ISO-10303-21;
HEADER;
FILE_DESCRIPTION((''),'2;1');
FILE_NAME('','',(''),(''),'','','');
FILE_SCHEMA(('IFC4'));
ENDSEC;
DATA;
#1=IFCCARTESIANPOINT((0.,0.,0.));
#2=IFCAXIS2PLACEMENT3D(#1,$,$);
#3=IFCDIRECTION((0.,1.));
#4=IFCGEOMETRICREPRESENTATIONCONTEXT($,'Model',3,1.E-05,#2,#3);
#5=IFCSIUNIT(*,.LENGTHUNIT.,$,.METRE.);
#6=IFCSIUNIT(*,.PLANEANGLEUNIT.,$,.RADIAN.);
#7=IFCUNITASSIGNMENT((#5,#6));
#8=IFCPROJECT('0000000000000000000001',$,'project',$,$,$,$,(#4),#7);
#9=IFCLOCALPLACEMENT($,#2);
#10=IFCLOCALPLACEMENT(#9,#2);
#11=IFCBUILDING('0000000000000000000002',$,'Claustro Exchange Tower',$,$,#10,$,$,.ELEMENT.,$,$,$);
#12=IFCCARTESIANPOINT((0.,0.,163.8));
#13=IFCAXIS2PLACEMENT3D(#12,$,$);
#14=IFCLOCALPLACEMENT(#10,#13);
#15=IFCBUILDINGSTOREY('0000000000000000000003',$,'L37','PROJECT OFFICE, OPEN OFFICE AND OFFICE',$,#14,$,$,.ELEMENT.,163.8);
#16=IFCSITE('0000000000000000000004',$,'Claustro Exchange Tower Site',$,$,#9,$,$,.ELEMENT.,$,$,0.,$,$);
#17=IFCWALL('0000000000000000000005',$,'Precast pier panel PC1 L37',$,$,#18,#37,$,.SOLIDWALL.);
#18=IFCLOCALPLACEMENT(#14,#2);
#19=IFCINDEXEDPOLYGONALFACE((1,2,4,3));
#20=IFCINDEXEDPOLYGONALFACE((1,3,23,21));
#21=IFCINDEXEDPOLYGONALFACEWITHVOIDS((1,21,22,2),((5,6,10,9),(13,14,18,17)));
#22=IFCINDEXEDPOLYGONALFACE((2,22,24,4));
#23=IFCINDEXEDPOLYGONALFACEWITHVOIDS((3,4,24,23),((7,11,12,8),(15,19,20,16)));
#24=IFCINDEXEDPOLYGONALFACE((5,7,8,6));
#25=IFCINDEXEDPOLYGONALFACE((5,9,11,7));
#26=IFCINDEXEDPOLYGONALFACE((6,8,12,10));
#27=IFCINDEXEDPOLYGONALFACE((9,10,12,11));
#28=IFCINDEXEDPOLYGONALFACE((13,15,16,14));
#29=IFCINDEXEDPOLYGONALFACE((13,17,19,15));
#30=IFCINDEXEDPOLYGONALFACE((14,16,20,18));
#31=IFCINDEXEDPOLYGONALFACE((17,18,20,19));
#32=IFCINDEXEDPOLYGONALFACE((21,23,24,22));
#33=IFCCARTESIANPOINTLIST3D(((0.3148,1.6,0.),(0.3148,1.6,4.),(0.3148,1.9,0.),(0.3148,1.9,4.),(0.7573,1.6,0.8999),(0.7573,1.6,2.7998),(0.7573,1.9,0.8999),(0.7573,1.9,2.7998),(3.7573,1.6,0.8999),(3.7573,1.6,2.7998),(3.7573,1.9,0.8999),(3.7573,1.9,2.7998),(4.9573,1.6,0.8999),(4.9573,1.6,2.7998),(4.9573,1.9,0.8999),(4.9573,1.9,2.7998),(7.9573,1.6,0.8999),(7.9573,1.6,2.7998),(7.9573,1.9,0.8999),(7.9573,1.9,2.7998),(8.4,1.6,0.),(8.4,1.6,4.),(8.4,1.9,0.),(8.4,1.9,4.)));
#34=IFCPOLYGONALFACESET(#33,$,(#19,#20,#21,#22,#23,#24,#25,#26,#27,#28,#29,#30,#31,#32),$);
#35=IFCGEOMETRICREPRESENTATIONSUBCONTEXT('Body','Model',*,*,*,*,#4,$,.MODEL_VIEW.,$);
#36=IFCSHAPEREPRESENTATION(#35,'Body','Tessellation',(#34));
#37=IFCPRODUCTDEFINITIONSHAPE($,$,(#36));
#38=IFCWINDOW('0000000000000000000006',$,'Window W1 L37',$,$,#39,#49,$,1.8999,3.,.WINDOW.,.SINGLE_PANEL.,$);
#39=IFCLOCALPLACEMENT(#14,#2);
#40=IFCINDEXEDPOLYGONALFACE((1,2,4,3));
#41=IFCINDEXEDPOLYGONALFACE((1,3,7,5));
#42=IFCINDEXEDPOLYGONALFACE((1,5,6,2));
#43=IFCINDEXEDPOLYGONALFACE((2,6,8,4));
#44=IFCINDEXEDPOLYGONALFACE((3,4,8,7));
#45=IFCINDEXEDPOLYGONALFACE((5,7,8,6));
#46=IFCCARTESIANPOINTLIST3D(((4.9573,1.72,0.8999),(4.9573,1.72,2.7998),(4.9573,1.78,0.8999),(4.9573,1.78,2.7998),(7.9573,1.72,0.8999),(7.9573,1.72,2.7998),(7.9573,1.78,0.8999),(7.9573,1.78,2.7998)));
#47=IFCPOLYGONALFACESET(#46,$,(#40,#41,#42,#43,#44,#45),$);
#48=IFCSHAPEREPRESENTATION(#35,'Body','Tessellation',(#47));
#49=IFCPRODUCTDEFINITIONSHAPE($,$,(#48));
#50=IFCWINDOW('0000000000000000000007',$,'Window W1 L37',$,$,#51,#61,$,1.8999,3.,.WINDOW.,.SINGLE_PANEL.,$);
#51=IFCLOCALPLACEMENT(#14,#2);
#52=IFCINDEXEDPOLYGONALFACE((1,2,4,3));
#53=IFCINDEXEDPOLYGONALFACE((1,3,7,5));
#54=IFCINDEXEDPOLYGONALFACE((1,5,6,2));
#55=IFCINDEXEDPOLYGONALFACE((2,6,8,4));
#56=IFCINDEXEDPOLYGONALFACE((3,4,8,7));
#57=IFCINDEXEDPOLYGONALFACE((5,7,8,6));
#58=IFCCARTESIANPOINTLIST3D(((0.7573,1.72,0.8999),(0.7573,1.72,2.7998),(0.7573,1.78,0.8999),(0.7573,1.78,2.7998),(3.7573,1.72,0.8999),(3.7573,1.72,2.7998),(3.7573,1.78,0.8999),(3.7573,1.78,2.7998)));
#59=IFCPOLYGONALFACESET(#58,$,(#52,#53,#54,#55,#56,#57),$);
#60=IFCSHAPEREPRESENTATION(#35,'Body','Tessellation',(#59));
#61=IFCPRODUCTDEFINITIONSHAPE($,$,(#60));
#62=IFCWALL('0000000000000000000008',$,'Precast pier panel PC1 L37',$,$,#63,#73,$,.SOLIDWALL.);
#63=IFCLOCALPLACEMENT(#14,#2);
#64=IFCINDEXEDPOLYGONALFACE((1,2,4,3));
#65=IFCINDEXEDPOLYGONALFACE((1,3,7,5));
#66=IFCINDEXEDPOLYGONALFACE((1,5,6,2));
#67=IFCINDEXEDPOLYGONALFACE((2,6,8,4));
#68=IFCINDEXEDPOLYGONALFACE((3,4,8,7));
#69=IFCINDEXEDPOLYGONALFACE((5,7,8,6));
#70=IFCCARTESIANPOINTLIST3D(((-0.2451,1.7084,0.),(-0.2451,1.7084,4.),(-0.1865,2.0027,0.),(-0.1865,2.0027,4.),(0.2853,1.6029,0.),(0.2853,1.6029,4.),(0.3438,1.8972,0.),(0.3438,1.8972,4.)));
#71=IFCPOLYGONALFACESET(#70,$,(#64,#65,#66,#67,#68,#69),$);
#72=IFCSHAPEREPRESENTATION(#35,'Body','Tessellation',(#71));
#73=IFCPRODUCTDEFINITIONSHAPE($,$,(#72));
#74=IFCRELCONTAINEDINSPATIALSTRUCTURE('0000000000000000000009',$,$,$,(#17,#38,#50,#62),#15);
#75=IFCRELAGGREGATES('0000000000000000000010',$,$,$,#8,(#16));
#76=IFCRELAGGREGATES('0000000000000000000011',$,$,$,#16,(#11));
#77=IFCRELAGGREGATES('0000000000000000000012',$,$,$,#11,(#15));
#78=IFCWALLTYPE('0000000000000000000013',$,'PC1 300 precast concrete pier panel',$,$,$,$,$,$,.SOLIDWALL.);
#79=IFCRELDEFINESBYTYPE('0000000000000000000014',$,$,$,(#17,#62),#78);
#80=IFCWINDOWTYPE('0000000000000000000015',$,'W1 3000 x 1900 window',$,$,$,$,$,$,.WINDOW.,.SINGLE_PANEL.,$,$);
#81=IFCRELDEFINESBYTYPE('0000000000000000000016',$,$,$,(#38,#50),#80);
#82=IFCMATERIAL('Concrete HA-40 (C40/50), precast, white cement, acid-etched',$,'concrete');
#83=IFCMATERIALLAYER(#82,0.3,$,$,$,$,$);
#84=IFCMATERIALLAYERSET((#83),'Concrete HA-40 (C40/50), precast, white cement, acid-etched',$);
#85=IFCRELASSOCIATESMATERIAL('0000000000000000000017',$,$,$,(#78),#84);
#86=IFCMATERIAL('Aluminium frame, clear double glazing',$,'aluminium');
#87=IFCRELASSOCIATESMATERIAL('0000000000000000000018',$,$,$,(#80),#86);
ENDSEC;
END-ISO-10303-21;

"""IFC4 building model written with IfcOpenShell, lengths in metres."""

from ifc_helpers import new_model, si_unit, direction, frame, frame_2d, origin, place, context, subcontext, project, spatial, rectangle, extrude, material, layer, layer_set, type_object, element, fill, save


model = new_model("IFC4")

# Units and contexts
model_context = context("Model", 3, precision=1e-05, world=origin(), true_north=direction((0.0, 1.0)))
body_context = subcontext(model_context, "Body", "Model", "MODEL_VIEW")
ifc_project = project(units=[si_unit("LENGTHUNIT", "METRE"), si_unit("PLANEANGLEUNIT", "RADIAN")], contexts=[model_context])

# Site, building, storey
site_placement = place(None, origin())
site = spatial("IfcSite", under=ifc_project, at=site_placement, Name="Claustro Exchange Tower Site", CompositionType="ELEMENT", RefElevation=0.0)
building_placement = place(site_placement, origin())
building = spatial("IfcBuilding", under=site, at=building_placement, Name="Claustro Exchange Tower", CompositionType="ELEMENT")
storey_placement = place(building_placement, frame((0.0, 0.0, 163.8)))
storey = spatial("IfcBuildingStorey", under=building, at=storey_placement, Name="L37", Description="PROJECT OFFICE, OPEN OFFICE AND OFFICE", CompositionType="ELEMENT", Elevation=163.8)

# Wall, openings, windows
ifc_material_1 = material(Name="Concrete HA-40 (C40/50), precast, white cement, acid-etched", Category="concrete")
ifc_layer_1 = layer(ifc_material_1, 0.3)
ifc_layer_set_1 = layer_set([ifc_layer_1], Name="Concrete HA-40 (C40/50), precast, white cement, acid-etched")
wall_type_1 = type_object("IfcWallType", Name="PC1 300 precast concrete pier panel", PredefinedType="SOLIDWALL", material=ifc_layer_set_1)
wall_1_placement = place(storey_placement, frame((8.3999, 1.75, 0.0), z_axis=(0.0, 0.0, 1.0), x_axis=(-1.0, 0.0, 0.0)))
wall_1 = element("IfcWall", 1, at=wall_1_placement, inside=storey, type_object=wall_type_1, Name="Precast pier panel PC1 L37", PredefinedType="SOLIDWALL", context=body_context, shape_type="SweptSolid", body=[
    extrude(rectangle(XDim=8.0852, YDim=0.3, at=frame_2d((4.0425, 0.0))), origin(), (0.0, 0.0, 1.0), 4.0),
])
opening_1_placement = place(wall_1_placement, frame((0.4426, 0.0, 0.8999)))
opening_1 = element("IfcOpeningElement", 2, at=opening_1_placement, cuts=wall_1, PredefinedType="OPENING", context=body_context, shape_type="SweptSolid", body=[
    extrude(rectangle(XDim=3.0, YDim=1.8999, at=frame_2d((1.5, 0.95))), frame((0.0, 0.1599, 0.0), z_axis=(0.0, -1.0, 0.0), x_axis=(1.0, 0.0, 0.0)), (0.0, 0.0, 1.0), 0.3201),
])
opening_2_placement = place(wall_1_placement, frame((4.6426, 0.0, 0.8999)))
opening_2 = element("IfcOpeningElement", 3, at=opening_2_placement, cuts=wall_1, PredefinedType="OPENING", context=body_context, shape_type="SweptSolid", body=[
    extrude(rectangle(XDim=3.0, YDim=1.8999, at=frame_2d((1.5, 0.95))), frame((0.0, 0.1599, 0.0), z_axis=(0.0, -1.0, 0.0), x_axis=(1.0, 0.0, 0.0)), (0.0, 0.0, 1.0), 0.3201),
])
ifc_material_2 = material(Name="Aluminium frame, clear double glazing", Category="aluminium")
window_type = type_object("IfcWindowType", Name="W1 3000 x 1900 window", PartitioningType="SINGLE_PANEL", PredefinedType="WINDOW", material=ifc_material_2)
window_1_placement = place(opening_1_placement, origin())
window_1 = element("IfcWindow", 4, at=window_1_placement, inside=storey, type_object=window_type, Name="Window W1 L37", OverallHeight=1.8999, OverallWidth=3.0, PartitioningType="SINGLE_PANEL", PredefinedType="WINDOW", context=body_context, shape_type="SweptSolid", body=[
    extrude(rectangle(XDim=3.0, YDim=1.8999, at=frame_2d((1.5, 0.95))), frame((0.0, 0.03, 0.0), z_axis=(0.0, -1.0, 0.0), x_axis=(1.0, 0.0, 0.0)), (0.0, 0.0, 1.0), 0.0601),
])
fill(opening_1, window_1)
window_2_placement = place(opening_2_placement, origin())
window_2 = element("IfcWindow", 5, at=window_2_placement, inside=storey, type_object=window_type, Name="Window W1 L37", OverallHeight=1.8999, OverallWidth=3.0, PartitioningType="SINGLE_PANEL", PredefinedType="WINDOW", context=body_context, shape_type="SweptSolid", body=[
    extrude(rectangle(XDim=3.0, YDim=1.8999, at=frame_2d((1.5, 0.95))), frame((0.0, 0.03, 0.0), z_axis=(0.0, -1.0, 0.0), x_axis=(1.0, 0.0, 0.0)), (0.0, 0.0, 1.0), 0.0601),
])
fill(opening_2, window_2)

# Wall
wall_2_placement = place(storey_placement, frame((0.3147, 1.75, 0.0), z_axis=(0.0, 0.0, 1.0), x_axis=(-0.980789, 0.195074, 0.0)))
element("IfcWall", 6, at=wall_2_placement, inside=storey, type_object=wall_type_1, Name="Precast pier panel PC1 L37", PredefinedType="SOLIDWALL", context=body_context, shape_type="SweptSolid", body=[
    extrude(rectangle(XDim=0.5408, YDim=0.3, at=frame_2d((0.2705, 0.0))), origin(), (0.0, 0.0, 1.0), 4.0),
])

save(model, "model.ifc")
